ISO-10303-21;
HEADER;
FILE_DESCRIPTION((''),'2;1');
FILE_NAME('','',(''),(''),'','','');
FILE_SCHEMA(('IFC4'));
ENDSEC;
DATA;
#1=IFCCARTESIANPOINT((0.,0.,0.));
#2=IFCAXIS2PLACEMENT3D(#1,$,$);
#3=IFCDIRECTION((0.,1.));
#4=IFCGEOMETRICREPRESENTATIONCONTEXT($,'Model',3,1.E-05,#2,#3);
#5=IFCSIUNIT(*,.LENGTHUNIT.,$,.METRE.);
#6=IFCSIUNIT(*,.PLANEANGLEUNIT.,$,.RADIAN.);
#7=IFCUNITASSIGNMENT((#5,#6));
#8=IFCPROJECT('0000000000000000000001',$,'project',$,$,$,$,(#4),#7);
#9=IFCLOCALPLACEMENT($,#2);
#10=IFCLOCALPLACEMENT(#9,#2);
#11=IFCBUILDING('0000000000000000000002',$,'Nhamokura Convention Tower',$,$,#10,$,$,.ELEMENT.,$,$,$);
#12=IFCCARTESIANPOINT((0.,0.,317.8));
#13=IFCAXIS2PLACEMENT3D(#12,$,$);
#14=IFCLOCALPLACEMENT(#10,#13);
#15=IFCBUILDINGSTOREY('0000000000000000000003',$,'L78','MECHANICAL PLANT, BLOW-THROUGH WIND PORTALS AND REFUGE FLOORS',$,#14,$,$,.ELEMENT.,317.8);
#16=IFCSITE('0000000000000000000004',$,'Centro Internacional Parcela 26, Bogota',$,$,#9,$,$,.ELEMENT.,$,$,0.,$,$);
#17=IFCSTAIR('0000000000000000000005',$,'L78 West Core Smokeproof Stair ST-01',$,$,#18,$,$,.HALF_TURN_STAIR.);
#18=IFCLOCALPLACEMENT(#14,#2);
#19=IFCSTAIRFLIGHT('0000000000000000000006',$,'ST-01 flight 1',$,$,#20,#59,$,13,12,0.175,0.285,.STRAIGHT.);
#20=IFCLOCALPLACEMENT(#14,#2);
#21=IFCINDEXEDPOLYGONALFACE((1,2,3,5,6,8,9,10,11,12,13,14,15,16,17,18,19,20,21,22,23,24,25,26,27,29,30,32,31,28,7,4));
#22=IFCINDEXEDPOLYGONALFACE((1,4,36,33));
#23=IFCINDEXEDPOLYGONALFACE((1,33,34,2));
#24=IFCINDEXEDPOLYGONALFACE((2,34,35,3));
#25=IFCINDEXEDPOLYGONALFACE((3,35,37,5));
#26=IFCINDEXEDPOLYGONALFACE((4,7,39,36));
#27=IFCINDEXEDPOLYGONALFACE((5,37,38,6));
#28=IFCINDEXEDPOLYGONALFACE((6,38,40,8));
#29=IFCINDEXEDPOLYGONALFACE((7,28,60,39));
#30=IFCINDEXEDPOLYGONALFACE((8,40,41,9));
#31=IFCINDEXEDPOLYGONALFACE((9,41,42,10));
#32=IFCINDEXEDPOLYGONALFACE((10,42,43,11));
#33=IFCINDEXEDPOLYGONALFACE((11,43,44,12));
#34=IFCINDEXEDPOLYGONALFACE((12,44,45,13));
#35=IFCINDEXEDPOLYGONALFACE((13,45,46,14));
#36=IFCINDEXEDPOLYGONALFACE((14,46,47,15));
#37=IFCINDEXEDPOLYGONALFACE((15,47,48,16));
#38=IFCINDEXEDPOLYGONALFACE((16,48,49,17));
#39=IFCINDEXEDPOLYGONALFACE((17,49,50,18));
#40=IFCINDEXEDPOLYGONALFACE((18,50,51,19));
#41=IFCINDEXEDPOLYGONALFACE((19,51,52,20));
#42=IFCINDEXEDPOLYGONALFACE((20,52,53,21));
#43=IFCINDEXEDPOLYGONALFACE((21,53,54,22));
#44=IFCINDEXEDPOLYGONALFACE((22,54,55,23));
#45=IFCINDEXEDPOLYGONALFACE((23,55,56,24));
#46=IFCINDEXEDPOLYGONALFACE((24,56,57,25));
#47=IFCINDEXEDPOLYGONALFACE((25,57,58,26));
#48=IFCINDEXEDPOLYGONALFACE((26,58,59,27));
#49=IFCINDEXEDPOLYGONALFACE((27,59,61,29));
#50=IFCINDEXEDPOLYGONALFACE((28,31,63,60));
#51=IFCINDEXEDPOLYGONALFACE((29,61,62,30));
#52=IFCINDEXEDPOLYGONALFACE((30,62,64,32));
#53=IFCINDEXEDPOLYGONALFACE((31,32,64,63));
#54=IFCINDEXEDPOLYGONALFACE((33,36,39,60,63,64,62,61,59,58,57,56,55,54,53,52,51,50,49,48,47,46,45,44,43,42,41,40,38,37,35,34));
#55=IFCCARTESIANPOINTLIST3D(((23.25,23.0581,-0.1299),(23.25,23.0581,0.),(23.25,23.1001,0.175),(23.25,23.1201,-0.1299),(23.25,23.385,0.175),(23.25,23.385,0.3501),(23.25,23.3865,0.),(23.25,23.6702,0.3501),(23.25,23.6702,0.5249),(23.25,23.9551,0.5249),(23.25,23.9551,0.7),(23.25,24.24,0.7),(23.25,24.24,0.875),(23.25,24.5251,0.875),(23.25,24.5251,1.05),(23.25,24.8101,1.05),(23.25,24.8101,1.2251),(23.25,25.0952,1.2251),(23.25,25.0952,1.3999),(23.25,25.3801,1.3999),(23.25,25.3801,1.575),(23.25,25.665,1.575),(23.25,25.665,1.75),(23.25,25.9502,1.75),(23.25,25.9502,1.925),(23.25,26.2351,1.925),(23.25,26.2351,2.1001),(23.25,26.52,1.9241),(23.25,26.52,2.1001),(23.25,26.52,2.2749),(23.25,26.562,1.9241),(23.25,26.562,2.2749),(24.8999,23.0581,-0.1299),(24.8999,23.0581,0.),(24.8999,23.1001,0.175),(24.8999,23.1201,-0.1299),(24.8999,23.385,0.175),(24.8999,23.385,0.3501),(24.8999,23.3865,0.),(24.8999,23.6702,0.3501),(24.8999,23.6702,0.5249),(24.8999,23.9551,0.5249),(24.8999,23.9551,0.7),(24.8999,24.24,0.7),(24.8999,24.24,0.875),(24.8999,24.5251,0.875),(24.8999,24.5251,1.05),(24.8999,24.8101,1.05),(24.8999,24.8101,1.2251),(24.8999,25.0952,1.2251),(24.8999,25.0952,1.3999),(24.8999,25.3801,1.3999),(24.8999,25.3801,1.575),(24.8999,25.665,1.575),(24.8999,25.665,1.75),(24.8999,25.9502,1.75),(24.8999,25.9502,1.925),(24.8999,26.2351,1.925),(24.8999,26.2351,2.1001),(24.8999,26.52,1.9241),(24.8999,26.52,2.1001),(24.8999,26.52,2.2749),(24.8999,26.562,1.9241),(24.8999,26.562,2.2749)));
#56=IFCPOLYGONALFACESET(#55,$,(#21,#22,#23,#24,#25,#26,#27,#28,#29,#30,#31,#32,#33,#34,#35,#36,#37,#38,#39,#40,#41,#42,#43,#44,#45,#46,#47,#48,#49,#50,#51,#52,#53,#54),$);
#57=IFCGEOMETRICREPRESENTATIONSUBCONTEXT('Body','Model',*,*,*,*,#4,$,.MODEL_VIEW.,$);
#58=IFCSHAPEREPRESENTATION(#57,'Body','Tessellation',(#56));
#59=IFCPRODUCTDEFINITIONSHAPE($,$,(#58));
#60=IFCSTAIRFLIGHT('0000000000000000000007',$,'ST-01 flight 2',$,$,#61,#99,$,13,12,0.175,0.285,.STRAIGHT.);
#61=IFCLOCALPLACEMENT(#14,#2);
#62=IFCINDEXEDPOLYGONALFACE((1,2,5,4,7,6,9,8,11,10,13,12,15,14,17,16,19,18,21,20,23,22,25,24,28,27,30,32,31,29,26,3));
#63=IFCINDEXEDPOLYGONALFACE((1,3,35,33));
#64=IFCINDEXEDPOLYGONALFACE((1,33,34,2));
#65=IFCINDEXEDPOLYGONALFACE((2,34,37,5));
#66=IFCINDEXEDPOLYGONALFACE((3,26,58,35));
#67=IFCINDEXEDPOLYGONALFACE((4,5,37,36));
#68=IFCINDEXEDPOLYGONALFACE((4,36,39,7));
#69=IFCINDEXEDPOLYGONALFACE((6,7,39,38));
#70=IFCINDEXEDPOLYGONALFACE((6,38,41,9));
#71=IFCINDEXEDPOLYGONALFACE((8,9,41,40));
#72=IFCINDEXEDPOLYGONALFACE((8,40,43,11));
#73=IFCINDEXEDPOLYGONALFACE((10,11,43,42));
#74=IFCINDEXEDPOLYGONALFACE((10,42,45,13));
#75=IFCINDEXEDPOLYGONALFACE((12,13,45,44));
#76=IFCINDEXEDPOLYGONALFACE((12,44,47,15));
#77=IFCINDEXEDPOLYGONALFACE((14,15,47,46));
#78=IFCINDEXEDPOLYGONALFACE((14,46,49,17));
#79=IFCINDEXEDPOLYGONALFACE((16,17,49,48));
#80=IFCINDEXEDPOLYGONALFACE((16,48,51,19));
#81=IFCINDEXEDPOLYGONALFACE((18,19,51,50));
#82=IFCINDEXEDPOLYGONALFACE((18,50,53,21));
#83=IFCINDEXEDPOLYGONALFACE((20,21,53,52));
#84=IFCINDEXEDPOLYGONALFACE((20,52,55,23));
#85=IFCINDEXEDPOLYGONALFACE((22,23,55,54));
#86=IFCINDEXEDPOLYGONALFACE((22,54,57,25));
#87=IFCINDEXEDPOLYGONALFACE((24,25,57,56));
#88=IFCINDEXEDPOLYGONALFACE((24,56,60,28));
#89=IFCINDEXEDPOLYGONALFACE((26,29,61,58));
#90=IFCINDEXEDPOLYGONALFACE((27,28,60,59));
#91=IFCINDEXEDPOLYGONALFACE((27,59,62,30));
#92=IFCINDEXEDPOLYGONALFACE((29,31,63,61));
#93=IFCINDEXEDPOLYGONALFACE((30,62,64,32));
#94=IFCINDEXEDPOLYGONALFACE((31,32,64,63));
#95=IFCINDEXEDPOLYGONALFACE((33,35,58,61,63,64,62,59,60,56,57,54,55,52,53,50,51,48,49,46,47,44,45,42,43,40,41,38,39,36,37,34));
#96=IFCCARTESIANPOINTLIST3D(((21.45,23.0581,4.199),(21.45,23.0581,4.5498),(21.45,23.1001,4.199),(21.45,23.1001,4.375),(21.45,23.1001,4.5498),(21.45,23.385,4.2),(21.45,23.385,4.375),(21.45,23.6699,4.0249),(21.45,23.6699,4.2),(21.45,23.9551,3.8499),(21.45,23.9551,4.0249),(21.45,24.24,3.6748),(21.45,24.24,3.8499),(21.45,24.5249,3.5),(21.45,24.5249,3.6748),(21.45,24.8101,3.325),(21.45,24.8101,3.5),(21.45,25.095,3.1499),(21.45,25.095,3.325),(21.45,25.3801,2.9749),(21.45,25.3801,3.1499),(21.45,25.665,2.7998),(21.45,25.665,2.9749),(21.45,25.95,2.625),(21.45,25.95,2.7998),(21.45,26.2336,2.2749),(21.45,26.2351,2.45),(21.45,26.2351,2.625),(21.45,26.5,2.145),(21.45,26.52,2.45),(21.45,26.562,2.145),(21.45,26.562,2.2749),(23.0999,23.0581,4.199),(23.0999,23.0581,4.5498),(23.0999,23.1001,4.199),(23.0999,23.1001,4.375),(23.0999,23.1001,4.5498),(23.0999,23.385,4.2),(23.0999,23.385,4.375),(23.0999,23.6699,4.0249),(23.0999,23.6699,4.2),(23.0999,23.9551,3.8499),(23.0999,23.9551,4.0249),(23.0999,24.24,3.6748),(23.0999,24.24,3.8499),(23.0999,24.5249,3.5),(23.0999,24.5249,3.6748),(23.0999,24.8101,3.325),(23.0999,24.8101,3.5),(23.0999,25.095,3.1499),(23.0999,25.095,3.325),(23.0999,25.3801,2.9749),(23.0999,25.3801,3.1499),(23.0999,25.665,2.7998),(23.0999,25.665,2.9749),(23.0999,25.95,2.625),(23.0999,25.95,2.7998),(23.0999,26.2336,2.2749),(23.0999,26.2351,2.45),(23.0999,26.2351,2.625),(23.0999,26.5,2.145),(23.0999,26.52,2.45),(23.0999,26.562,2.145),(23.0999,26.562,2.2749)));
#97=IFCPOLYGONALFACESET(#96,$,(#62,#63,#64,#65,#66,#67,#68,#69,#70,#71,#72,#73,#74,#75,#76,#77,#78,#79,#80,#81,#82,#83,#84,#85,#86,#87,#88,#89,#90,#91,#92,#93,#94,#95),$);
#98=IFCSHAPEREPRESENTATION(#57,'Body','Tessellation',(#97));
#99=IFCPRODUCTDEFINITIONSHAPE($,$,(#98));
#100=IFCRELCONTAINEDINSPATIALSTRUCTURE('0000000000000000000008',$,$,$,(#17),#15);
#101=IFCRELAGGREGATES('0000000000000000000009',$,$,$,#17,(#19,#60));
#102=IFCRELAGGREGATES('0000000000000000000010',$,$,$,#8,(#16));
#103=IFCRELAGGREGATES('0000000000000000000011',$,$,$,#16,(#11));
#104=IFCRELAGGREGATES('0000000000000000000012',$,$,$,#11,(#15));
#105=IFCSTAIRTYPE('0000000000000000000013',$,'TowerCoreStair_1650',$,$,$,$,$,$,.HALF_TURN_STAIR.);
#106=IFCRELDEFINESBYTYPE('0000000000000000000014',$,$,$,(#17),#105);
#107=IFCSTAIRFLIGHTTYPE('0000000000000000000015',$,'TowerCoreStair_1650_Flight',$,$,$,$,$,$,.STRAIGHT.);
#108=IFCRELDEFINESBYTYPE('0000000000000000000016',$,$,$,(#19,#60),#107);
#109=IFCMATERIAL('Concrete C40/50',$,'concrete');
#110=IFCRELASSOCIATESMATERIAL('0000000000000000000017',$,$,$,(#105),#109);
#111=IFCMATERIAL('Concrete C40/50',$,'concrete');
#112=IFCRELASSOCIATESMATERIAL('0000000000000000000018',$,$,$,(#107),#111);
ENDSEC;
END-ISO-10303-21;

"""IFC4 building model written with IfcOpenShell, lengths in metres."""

from ifc_helpers import new_model, si_unit, direction, frame, origin, place, context, subcontext, project, spatial, polyline, outline, extrude, material, type_object, element, aggregate, save


model = new_model("IFC4")

# Units and contexts
model_context = context("Model", 3, precision=1e-05, world=origin(), true_north=direction((0.0, 1.0)))
body_context = subcontext(model_context, "Body", "Model", "MODEL_VIEW")
ifc_project = project(units=[si_unit("LENGTHUNIT", "METRE"), si_unit("PLANEANGLEUNIT", "RADIAN")], contexts=[model_context])

# Site, building, storey
site_placement = place(None, origin())
site = spatial("IfcSite", under=ifc_project, at=site_placement, Name="Centro Internacional Parcela 26, Bogota", CompositionType="ELEMENT", RefElevation=0.0)
building_placement = place(site_placement, origin())
building = spatial("IfcBuilding", under=site, at=building_placement, Name="Nhamokura Convention Tower", CompositionType="ELEMENT")
storey_placement = place(building_placement, frame((0.0, 0.0, 317.8)))
storey = spatial("IfcBuildingStorey", under=building, at=storey_placement, Name="L78", Description="MECHANICAL PLANT, BLOW-THROUGH WIND PORTALS AND REFUGE FLOORS", CompositionType="ELEMENT", Elevation=317.8)

# Stair, stair flights
ifc_material_1 = material(Name="Concrete C40/50", Category="concrete")
stair_type = type_object("IfcStairType", Name="TowerCoreStair_1650", PredefinedType="HALF_TURN_STAIR", material=ifc_material_1)
stair_placement = place(storey_placement, origin())
stair = element("IfcStair", 1, at=stair_placement, inside=storey, type_object=stair_type, Name="L78 West Core Smokeproof Stair ST-01", PredefinedType="HALF_TURN_STAIR")
ifc_material_2 = material(Name="Concrete C40/50", Category="concrete")
stair_flight_type = type_object("IfcStairFlightType", Name="TowerCoreStair_1650_Flight", PredefinedType="STRAIGHT", material=ifc_material_2)
stair_flight_1_placement = place(storey_placement, frame((24.075, 23.1001, 0.0), z_axis=(0.0, 0.0, 1.0), x_axis=(0.0, 1.0, 0.0)))
stair_flight_1 = element("IfcStairFlight", 2, at=stair_flight_1_placement, type_object=stair_flight_type, Name="ST-01 flight 1", NumberOfRisers=13, NumberOfTreads=12, PredefinedType="STRAIGHT", RiserHeight=0.175, TreadLength=0.285, context=body_context, shape_type="SweptSolid", body=[
    extrude(outline(polyline([(-0.042, 0.0), (0.0, 0.175), (0.2849, 0.175), (0.2849, 0.3501), (0.5701, 0.3501), (0.5701, 0.5249), (0.855, 0.5249), (0.855, 0.7), (1.1399, 0.7), (1.1399, 0.875), (1.425, 0.875), (1.425, 1.05), (1.71, 1.05), (1.71, 1.2251), (1.9951, 1.2251), (1.9951, 1.3999), (2.28, 1.3999), (2.28, 1.575), (2.5649, 1.575), (2.5649, 1.75), (2.8501, 1.75), (2.8501, 1.925), (3.135, 1.925), (3.135, 2.1001), (3.4199, 2.1001), (3.4199, 2.2749), (3.4619, 2.2749), (3.4619, 1.9241), (3.4199, 1.9241), (0.2864, 0.0), (0.02, -0.1299), (-0.042, -0.1299), (-0.042, 0.0)])), frame((0.0, 0.825, 0.0), z_axis=(0.0, -1.0, 0.0), x_axis=(1.0, 0.0, 0.0)), (0.0, 0.0, 1.0), 1.6499),
])
stair_flight_2_placement = place(storey_placement, frame((22.2749, 26.52, 2.2749), z_axis=(0.0, 0.0, 1.0), x_axis=(0.0, -1.0, 0.0)))
stair_flight_2 = element("IfcStairFlight", 3, at=stair_flight_2_placement, type_object=stair_flight_type, Name="ST-01 flight 2", NumberOfRisers=13, NumberOfTreads=12, PredefinedType="STRAIGHT", RiserHeight=0.175, TreadLength=0.285, context=body_context, shape_type="SweptSolid", body=[
    extrude(outline(polyline([(-0.042, 0.0), (0.0, 0.175), (0.2849, 0.175), (0.2849, 0.3501), (0.5701, 0.3501), (0.5701, 0.5249), (0.855, 0.5249), (0.855, 0.7), (1.1399, 0.7), (1.1399, 0.875), (1.425, 0.875), (1.425, 1.05), (1.71, 1.05), (1.71, 1.2251), (1.9951, 1.2251), (1.9951, 1.3999), (2.28, 1.3999), (2.28, 1.575), (2.5649, 1.575), (2.5649, 1.75), (2.8501, 1.75), (2.8501, 1.925), (3.135, 1.925), (3.135, 2.1001), (3.4199, 2.1001), (3.4199, 2.2749), (3.4619, 2.2749), (3.4619, 1.9241), (3.4199, 1.9241), (0.2864, 0.0), (0.02, -0.1299), (-0.042, -0.1299), (-0.042, 0.0)])), frame((0.0, 0.825, 0.0), z_axis=(0.0, -1.0, 0.0), x_axis=(1.0, 0.0, 0.0)), (0.0, 0.0, 1.0), 1.6499),
])
aggregate(stair, [stair_flight_1, stair_flight_2])

save(model, "model.ifc")
